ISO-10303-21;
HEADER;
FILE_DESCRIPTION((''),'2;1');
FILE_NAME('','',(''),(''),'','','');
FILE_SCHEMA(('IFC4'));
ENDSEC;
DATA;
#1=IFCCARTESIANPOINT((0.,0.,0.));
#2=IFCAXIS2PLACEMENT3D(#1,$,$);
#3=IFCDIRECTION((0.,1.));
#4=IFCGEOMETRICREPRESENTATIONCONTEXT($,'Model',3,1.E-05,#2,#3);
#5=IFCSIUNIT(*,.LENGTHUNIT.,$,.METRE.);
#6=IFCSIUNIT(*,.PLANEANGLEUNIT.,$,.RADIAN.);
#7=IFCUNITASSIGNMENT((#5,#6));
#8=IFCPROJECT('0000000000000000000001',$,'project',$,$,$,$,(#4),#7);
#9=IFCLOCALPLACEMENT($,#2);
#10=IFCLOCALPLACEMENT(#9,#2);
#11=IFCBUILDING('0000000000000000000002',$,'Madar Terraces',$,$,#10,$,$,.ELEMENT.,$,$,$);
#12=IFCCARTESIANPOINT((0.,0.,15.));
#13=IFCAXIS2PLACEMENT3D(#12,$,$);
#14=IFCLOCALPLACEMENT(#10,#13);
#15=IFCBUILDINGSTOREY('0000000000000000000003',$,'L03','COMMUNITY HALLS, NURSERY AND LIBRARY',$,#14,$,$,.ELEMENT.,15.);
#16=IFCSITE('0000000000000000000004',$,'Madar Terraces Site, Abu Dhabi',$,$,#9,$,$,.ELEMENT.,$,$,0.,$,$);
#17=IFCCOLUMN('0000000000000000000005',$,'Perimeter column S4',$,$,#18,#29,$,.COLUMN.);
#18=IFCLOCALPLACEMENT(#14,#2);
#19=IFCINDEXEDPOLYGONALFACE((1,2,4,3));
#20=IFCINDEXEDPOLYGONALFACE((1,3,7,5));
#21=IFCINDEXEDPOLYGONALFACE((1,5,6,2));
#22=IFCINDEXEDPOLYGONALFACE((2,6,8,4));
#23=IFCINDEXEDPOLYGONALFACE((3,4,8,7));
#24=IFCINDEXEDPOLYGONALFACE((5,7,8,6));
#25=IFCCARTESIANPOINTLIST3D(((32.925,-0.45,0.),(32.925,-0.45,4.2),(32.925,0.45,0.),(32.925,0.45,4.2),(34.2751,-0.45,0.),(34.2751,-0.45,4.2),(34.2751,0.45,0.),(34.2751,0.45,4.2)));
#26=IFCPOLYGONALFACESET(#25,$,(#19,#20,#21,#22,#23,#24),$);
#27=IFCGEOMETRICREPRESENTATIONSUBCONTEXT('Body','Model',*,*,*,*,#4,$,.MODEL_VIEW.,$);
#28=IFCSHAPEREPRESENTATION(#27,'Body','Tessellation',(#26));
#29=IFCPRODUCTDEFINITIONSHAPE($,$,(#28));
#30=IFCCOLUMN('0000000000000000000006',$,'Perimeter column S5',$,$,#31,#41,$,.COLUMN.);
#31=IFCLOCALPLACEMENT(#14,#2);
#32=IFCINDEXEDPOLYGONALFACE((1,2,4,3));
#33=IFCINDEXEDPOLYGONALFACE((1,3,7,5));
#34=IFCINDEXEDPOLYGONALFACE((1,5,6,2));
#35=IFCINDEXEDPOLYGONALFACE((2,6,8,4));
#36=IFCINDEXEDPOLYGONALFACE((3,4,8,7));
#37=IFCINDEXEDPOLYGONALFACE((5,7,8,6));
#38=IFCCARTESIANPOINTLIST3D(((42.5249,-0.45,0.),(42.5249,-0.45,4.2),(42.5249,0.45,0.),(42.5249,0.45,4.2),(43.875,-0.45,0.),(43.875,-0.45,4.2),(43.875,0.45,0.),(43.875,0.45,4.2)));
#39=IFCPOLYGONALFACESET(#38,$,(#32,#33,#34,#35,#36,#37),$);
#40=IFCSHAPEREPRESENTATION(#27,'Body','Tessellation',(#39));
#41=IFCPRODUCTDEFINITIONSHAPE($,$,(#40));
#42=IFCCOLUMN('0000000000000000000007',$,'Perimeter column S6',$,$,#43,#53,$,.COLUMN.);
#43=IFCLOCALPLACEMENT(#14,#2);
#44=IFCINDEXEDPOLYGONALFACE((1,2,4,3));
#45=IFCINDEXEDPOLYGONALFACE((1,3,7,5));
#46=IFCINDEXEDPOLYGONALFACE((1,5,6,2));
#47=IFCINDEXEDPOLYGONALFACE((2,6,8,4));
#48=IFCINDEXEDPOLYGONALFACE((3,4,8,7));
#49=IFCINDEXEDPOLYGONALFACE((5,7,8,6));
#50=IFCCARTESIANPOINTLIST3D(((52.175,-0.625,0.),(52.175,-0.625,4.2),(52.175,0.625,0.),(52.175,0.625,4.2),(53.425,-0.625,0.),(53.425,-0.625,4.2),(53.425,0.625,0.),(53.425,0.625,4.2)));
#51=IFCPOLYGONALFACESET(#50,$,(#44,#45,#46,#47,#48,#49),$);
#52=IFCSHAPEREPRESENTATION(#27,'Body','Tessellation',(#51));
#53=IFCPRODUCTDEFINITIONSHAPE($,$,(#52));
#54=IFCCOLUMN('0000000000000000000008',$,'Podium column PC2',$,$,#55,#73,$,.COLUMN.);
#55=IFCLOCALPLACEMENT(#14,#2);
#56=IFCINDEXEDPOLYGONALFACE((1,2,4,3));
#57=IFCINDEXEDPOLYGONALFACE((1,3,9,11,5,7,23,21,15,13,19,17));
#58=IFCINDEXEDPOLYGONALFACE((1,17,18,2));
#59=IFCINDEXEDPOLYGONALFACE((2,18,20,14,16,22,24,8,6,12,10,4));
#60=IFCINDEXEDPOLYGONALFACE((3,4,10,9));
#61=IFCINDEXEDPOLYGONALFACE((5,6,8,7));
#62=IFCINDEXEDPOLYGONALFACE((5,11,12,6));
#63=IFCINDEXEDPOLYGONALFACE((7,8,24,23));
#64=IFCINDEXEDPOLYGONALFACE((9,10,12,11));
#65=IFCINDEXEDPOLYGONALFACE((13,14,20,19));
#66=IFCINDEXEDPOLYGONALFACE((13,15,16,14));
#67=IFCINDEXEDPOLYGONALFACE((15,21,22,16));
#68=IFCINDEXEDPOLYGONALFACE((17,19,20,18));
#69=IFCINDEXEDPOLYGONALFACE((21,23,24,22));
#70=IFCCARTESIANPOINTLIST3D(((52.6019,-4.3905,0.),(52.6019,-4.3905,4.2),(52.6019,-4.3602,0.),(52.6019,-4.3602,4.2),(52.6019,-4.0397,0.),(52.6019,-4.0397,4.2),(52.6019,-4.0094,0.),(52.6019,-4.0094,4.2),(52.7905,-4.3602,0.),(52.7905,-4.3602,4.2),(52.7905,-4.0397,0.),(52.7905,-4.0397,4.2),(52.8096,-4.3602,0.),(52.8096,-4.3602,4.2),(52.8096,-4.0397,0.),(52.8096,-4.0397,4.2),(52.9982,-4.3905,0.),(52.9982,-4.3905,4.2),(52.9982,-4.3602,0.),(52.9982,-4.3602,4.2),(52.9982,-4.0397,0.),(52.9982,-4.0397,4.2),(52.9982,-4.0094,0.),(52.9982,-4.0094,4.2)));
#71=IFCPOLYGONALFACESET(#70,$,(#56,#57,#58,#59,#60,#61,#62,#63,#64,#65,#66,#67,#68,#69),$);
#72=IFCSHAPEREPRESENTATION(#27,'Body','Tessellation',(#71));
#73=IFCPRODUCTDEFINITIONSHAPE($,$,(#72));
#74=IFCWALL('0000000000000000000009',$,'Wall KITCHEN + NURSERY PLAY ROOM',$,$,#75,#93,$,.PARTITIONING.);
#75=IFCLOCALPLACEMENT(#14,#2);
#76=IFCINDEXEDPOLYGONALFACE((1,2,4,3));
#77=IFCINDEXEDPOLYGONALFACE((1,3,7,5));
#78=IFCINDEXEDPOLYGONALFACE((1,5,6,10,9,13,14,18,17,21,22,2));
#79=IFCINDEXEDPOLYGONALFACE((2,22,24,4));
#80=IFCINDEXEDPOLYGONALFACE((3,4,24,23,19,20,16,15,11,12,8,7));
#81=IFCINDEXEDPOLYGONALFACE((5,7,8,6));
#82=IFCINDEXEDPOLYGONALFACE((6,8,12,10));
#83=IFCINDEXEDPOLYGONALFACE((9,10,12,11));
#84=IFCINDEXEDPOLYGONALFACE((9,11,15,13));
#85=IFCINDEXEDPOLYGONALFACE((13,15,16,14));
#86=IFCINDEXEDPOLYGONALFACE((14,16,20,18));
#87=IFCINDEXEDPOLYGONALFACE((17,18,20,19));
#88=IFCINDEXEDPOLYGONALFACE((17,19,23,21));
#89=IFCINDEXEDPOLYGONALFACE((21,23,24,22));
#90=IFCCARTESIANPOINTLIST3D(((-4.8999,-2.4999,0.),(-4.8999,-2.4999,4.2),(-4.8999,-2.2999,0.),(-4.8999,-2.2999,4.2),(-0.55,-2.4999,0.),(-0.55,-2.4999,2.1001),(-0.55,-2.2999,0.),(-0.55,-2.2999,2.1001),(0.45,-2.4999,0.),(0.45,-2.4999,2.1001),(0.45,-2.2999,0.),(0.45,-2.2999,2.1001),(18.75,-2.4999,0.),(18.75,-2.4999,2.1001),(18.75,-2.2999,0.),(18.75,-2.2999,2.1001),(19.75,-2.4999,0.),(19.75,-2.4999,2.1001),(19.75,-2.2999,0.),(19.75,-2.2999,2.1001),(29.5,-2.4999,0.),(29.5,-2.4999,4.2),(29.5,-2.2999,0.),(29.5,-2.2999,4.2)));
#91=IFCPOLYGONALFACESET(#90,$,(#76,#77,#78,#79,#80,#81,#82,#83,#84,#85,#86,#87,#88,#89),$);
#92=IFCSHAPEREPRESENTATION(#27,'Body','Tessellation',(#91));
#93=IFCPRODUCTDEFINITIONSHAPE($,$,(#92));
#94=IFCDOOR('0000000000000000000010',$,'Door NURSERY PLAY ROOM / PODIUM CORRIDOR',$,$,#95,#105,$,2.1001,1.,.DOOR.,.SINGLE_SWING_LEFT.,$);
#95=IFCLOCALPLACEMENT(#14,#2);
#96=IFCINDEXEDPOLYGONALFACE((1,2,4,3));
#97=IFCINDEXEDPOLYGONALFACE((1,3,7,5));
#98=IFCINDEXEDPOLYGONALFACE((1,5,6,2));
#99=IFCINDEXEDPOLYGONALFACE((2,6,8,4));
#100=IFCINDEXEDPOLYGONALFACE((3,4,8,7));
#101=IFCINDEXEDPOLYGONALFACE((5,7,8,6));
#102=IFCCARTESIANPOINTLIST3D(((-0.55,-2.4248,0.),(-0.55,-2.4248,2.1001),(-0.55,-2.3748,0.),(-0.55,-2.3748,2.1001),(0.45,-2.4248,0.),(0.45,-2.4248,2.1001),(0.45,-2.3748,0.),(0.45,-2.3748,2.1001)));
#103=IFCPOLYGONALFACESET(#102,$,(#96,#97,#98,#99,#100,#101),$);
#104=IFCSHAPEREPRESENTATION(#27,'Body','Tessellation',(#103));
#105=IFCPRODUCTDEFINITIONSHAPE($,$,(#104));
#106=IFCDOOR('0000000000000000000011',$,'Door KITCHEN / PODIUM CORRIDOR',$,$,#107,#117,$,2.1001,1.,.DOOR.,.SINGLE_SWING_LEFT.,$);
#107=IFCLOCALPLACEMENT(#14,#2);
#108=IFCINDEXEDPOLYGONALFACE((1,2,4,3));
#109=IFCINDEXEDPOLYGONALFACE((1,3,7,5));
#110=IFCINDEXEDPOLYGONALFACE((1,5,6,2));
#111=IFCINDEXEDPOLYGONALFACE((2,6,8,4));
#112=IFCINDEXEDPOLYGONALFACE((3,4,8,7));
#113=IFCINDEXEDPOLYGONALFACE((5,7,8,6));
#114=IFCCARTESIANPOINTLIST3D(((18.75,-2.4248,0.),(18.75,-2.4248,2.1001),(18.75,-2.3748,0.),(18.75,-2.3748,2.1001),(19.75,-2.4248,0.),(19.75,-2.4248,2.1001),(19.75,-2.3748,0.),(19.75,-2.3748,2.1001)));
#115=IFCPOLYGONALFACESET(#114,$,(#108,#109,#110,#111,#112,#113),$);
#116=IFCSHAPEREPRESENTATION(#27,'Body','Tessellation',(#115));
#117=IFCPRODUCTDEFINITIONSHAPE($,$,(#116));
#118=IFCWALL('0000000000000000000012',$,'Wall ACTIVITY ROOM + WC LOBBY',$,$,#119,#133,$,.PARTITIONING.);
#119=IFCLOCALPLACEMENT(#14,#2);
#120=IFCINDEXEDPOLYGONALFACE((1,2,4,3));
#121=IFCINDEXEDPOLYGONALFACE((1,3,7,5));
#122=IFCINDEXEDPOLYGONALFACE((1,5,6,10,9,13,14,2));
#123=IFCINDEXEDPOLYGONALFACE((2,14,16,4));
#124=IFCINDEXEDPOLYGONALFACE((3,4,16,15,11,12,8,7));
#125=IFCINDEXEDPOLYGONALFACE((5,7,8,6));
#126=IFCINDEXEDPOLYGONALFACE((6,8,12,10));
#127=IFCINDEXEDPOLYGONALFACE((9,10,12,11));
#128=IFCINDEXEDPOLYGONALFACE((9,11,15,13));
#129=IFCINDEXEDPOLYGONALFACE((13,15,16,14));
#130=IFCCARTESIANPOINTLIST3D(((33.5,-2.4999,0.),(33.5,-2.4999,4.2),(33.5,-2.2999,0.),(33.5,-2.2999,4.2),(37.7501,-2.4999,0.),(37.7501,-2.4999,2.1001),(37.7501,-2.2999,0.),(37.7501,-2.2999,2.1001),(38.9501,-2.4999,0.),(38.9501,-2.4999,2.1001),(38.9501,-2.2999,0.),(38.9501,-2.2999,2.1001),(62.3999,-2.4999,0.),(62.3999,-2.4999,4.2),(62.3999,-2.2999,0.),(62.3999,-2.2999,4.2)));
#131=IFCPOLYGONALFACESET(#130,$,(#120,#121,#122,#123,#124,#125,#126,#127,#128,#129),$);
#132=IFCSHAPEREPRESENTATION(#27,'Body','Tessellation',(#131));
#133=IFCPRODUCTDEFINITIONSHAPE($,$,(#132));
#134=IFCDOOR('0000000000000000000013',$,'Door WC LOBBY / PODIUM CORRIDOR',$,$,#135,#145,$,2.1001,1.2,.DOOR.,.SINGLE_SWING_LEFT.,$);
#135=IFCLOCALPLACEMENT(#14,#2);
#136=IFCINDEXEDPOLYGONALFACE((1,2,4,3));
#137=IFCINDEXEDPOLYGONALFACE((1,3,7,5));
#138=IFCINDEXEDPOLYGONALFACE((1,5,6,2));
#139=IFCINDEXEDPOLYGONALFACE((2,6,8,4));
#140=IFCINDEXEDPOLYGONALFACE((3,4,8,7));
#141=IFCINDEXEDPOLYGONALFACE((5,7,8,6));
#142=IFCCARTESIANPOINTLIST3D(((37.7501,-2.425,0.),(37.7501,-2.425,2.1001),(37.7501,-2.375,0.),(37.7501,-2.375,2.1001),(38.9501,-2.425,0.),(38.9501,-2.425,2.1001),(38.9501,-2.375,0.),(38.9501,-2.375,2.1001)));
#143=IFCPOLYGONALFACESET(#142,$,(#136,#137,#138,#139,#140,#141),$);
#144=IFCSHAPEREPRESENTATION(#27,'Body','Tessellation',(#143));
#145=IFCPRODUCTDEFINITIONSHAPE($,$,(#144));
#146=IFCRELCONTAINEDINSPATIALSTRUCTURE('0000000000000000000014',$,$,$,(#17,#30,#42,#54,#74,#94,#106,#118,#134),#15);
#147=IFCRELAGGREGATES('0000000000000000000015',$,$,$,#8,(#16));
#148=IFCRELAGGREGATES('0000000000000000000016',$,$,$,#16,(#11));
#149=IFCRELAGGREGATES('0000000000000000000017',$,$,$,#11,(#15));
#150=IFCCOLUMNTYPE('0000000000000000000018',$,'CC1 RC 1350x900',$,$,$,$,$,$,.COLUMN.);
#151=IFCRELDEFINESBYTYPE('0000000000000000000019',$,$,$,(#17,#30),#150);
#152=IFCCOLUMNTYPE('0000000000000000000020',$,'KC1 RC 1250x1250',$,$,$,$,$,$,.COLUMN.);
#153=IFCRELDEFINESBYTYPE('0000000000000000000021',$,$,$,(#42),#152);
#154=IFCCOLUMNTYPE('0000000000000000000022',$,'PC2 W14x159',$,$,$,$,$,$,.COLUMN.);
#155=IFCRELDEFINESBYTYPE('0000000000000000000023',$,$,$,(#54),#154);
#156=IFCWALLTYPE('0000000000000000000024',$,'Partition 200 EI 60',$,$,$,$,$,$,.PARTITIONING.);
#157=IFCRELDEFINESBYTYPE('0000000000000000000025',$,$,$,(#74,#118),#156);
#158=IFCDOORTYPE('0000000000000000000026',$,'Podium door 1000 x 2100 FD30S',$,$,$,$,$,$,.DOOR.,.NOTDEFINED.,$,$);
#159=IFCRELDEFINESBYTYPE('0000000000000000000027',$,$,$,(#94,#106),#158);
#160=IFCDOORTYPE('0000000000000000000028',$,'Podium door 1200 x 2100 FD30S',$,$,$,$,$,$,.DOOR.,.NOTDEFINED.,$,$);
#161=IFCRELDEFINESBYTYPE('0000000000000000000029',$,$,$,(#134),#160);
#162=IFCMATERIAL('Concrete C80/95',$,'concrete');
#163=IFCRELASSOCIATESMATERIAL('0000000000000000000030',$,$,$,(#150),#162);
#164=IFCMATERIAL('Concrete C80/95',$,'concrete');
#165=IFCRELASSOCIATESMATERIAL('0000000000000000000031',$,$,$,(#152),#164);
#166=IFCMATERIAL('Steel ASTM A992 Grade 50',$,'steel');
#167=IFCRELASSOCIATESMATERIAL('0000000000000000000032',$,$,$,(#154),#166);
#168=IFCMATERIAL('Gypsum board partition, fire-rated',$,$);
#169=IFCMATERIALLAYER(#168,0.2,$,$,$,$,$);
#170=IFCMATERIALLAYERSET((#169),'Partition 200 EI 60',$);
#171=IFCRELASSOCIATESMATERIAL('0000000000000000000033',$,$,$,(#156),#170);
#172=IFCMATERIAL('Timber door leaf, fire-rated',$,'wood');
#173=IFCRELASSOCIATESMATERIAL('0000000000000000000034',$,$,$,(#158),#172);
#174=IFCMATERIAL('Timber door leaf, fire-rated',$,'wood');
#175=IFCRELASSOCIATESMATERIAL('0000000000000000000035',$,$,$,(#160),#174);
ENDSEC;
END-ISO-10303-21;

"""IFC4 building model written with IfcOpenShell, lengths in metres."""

from ifc_helpers import new_model, si_unit, direction, frame, frame_2d, origin, origin_2d, place, context, subcontext, project, spatial, rectangle, i_section, extrude, material, layer, layer_set, material_profile, profile_set, type_object, element, fill, save


model = new_model("IFC4")

# Units and contexts
model_context = context("Model", 3, precision=1e-05, world=origin(), true_north=direction((0.0, 1.0)))
body_context = subcontext(model_context, "Body", "Model", "MODEL_VIEW")
ifc_project = project(units=[si_unit("LENGTHUNIT", "METRE"), si_unit("PLANEANGLEUNIT", "RADIAN")], contexts=[model_context])

# Site, building, storey
site_placement = place(None, origin())
site = spatial("IfcSite", under=ifc_project, at=site_placement, Name="Madar Terraces Site, Abu Dhabi", CompositionType="ELEMENT", RefElevation=0.0)
building_placement = place(site_placement, origin())
building = spatial("IfcBuilding", under=site, at=building_placement, Name="Madar Terraces", CompositionType="ELEMENT")
storey_placement = place(building_placement, frame((0.0, 0.0, 15.0)))
storey = spatial("IfcBuildingStorey", under=building, at=storey_placement, Name="L03", Description="COMMUNITY HALLS, NURSERY AND LIBRARY", CompositionType="ELEMENT", Elevation=15.0)

# Columns
ifc_material_1 = material(Name="Concrete C80/95", Category="concrete")
ifc_material_profile_1 = material_profile(ifc_material_1, rectangle(XDim=1.3501, YDim=0.8999, at=origin_2d()), Name="CC1 RC 1350x900")
ifc_profile_set_1 = profile_set([ifc_material_profile_1], Name="Concrete C80/95")
column_type_1 = type_object("IfcColumnType", Name="CC1 RC 1350x900", PredefinedType="COLUMN", material=ifc_profile_set_1)
for number, where, z_axis, x_axis, name in (
    (1, (33.6001, 0.0, 0.0), (0.0, 0.0, 1.0), (1.0, 0.0, 0.0), "Perimeter column S4"),
    (2, (43.2, 0.0, 0.0), (0.0, 0.0, 1.0), (1.0, 0.0, 0.0), "Perimeter column S5"),
):
    element("IfcColumn", number, at=place(storey_placement, frame(where, z_axis=z_axis, x_axis=x_axis)), inside=storey, type_object=column_type_1, Name=name, PredefinedType="COLUMN", context=body_context, shape_type="SweptSolid", body=[
        extrude(rectangle(XDim=1.3501, YDim=0.8999, at=origin_2d()), origin(), (0.0, 0.0, 1.0), 4.2),
    ])
ifc_material_2 = material(Name="Concrete C80/95", Category="concrete")
ifc_material_profile_2 = material_profile(ifc_material_2, rectangle(XDim=1.25, YDim=1.25, at=origin_2d()), Name="KC1 RC 1250x1250")
ifc_profile_set_2 = profile_set([ifc_material_profile_2], Name="Concrete C80/95")
column_type_2 = type_object("IfcColumnType", Name="KC1 RC 1250x1250", PredefinedType="COLUMN", material=ifc_profile_set_2)
column_1_placement = place(storey_placement, frame((52.8, 0.0, 0.0), z_axis=(0.0, 0.0, 1.0), x_axis=(1.0, 0.0, 0.0)))
element("IfcColumn", 3, at=column_1_placement, inside=storey, type_object=column_type_2, Name="Perimeter column S6", PredefinedType="COLUMN", context=body_context, shape_type="SweptSolid", body=[
    extrude(rectangle(XDim=1.25, YDim=1.25, at=origin_2d()), origin(), (0.0, 0.0, 1.0), 4.2),
])
ifc_material_3 = material(Name="Steel ASTM A992 Grade 50", Category="steel")
ifc_material_profile_3 = material_profile(ifc_material_3, i_section(OverallWidth=0.3962, OverallDepth=0.3811, WebThickness=0.019, FlangeThickness=0.0303, at=origin_2d()), Name="W14x159")
ifc_profile_set_3 = profile_set([ifc_material_profile_3], Name="Steel ASTM A992 Grade 50")
column_type_3 = type_object("IfcColumnType", Name="PC2 W14x159", PredefinedType="COLUMN", material=ifc_profile_set_3)
column_2_placement = place(storey_placement, frame((52.8, -4.2, 0.0), z_axis=(0.0, 0.0, 1.0), x_axis=(1.0, 0.0, 0.0)))
element("IfcColumn", 4, at=column_2_placement, inside=storey, type_object=column_type_3, Name="Podium column PC2", PredefinedType="COLUMN", context=body_context, shape_type="SweptSolid", body=[
    extrude(i_section(OverallWidth=0.3962, OverallDepth=0.3811, WebThickness=0.019, FlangeThickness=0.0303, at=origin_2d()), origin(), (0.0, 0.0, 1.0), 4.2),
])

# Wall, openings, doors
ifc_material_4 = material(Name="Gypsum board partition, fire-rated")
ifc_layer = layer(ifc_material_4, 0.2)
ifc_layer_set = layer_set([ifc_layer], Name="Partition 200 EI 60")
wall_type = type_object("IfcWallType", Name="Partition 200 EI 60", PredefinedType="PARTITIONING", material=ifc_layer_set)
wall_1_placement = place(storey_placement, frame((29.5, -2.3999, 0.0), z_axis=(0.0, 0.0, 1.0), x_axis=(-1.0, 0.0, 0.0)))
wall_1 = element("IfcWall", 5, at=wall_1_placement, inside=storey, type_object=wall_type, Name="Wall KITCHEN + NURSERY PLAY ROOM", PredefinedType="PARTITIONING", context=body_context, shape_type="SweptSolid", body=[
    extrude(rectangle(XDim=34.3999, YDim=0.2, at=frame_2d((17.2, 0.0))), origin(), (0.0, 0.0, 1.0), 4.2),
])
opening_1_placement = place(wall_1_placement, frame((29.05, 0.0, 0.0)))
opening_1 = element("IfcOpeningElement", 6, at=opening_1_placement, cuts=wall_1, PredefinedType="OPENING", context=body_context, shape_type="SweptSolid", body=[
    extrude(rectangle(XDim=1.0, YDim=2.1001, at=frame_2d((0.5, 1.05))), frame((0.0, 0.1099, 0.0), z_axis=(0.0, -1.0, 0.0), x_axis=(1.0, 0.0, 0.0)), (0.0, 0.0, 1.0), 0.22),
])
opening_2_placement = place(wall_1_placement, frame((9.75, 0.0, 0.0)))
opening_2 = element("IfcOpeningElement", 7, at=opening_2_placement, cuts=wall_1, PredefinedType="OPENING", context=body_context, shape_type="SweptSolid", body=[
    extrude(rectangle(XDim=1.0, YDim=2.1001, at=frame_2d((0.5, 1.05))), frame((0.0, 0.1099, 0.0), z_axis=(0.0, -1.0, 0.0), x_axis=(1.0, 0.0, 0.0)), (0.0, 0.0, 1.0), 0.22),
])
ifc_material_5 = material(Name="Timber door leaf, fire-rated", Category="wood")
door_type_1 = type_object("IfcDoorType", Name="Podium door 1000 x 2100 FD30S", OperationType="NOTDEFINED", PredefinedType="DOOR", material=ifc_material_5)
door_1_placement = place(opening_1_placement, origin())
door_1 = element("IfcDoor", 8, at=door_1_placement, inside=storey, type_object=door_type_1, Name="Door NURSERY PLAY ROOM / PODIUM CORRIDOR", OperationType="SINGLE_SWING_LEFT", OverallHeight=2.1001, OverallWidth=1.0, PredefinedType="DOOR", context=body_context, shape_type="SweptSolid", body=[
    extrude(rectangle(XDim=1.0, YDim=2.1001, at=frame_2d((0.5, 1.05))), frame((0.0, 0.0249, 0.0), z_axis=(0.0, -1.0, 0.0), x_axis=(1.0, 0.0, 0.0)), (0.0, 0.0, 1.0), 0.05),
])
fill(opening_1, door_1)
door_2_placement = place(opening_2_placement, origin())
door_2 = element("IfcDoor", 9, at=door_2_placement, inside=storey, type_object=door_type_1, Name="Door KITCHEN / PODIUM CORRIDOR", OperationType="SINGLE_SWING_LEFT", OverallHeight=2.1001, OverallWidth=1.0, PredefinedType="DOOR", context=body_context, shape_type="SweptSolid", body=[
    extrude(rectangle(XDim=1.0, YDim=2.1001, at=frame_2d((0.5, 1.05))), frame((0.0, 0.0249, 0.0), z_axis=(0.0, -1.0, 0.0), x_axis=(1.0, 0.0, 0.0)), (0.0, 0.0, 1.0), 0.05),
])
fill(opening_2, door_2)

# Wall, opening, door
wall_2_placement = place(storey_placement, frame((33.5, -2.3999, 0.0), z_axis=(0.0, 0.0, 1.0), x_axis=(1.0, 0.0, 0.0)))
wall_2 = element("IfcWall", 10, at=wall_2_placement, inside=storey, type_object=wall_type, Name="Wall ACTIVITY ROOM + WC LOBBY", PredefinedType="PARTITIONING", context=body_context, shape_type="SweptSolid", body=[
    extrude(rectangle(XDim=28.8999, YDim=0.2, at=frame_2d((14.45, 0.0))), origin(), (0.0, 0.0, 1.0), 4.2),
])
opening_3_placement = place(wall_2_placement, frame((4.25, 0.0, 0.0)))
opening_3 = element("IfcOpeningElement", 11, at=opening_3_placement, cuts=wall_2, PredefinedType="OPENING", context=body_context, shape_type="SweptSolid", body=[
    extrude(rectangle(XDim=1.2, YDim=2.1001, at=frame_2d((0.6001, 1.05))), frame((0.0, 0.1099, 0.0), z_axis=(0.0, -1.0, 0.0), x_axis=(1.0, 0.0, 0.0)), (0.0, 0.0, 1.0), 0.22),
])
ifc_material_6 = material(Name="Timber door leaf, fire-rated", Category="wood")
door_type_2 = type_object("IfcDoorType", Name="Podium door 1200 x 2100 FD30S", OperationType="NOTDEFINED", PredefinedType="DOOR", material=ifc_material_6)
door_3_placement = place(opening_3_placement, origin())
door_3 = element("IfcDoor", 12, at=door_3_placement, inside=storey, type_object=door_type_2, Name="Door WC LOBBY / PODIUM CORRIDOR", OperationType="SINGLE_SWING_LEFT", OverallHeight=2.1001, OverallWidth=1.2, PredefinedType="DOOR", context=body_context, shape_type="SweptSolid", body=[
    extrude(rectangle(XDim=1.2, YDim=2.1001, at=frame_2d((0.6001, 1.05))), frame((0.0, 0.0249, 0.0), z_axis=(0.0, -1.0, 0.0), x_axis=(1.0, 0.0, 0.0)), (0.0, 0.0, 1.0), 0.05),
])
fill(opening_3, door_3)

save(model, "model.ifc")
